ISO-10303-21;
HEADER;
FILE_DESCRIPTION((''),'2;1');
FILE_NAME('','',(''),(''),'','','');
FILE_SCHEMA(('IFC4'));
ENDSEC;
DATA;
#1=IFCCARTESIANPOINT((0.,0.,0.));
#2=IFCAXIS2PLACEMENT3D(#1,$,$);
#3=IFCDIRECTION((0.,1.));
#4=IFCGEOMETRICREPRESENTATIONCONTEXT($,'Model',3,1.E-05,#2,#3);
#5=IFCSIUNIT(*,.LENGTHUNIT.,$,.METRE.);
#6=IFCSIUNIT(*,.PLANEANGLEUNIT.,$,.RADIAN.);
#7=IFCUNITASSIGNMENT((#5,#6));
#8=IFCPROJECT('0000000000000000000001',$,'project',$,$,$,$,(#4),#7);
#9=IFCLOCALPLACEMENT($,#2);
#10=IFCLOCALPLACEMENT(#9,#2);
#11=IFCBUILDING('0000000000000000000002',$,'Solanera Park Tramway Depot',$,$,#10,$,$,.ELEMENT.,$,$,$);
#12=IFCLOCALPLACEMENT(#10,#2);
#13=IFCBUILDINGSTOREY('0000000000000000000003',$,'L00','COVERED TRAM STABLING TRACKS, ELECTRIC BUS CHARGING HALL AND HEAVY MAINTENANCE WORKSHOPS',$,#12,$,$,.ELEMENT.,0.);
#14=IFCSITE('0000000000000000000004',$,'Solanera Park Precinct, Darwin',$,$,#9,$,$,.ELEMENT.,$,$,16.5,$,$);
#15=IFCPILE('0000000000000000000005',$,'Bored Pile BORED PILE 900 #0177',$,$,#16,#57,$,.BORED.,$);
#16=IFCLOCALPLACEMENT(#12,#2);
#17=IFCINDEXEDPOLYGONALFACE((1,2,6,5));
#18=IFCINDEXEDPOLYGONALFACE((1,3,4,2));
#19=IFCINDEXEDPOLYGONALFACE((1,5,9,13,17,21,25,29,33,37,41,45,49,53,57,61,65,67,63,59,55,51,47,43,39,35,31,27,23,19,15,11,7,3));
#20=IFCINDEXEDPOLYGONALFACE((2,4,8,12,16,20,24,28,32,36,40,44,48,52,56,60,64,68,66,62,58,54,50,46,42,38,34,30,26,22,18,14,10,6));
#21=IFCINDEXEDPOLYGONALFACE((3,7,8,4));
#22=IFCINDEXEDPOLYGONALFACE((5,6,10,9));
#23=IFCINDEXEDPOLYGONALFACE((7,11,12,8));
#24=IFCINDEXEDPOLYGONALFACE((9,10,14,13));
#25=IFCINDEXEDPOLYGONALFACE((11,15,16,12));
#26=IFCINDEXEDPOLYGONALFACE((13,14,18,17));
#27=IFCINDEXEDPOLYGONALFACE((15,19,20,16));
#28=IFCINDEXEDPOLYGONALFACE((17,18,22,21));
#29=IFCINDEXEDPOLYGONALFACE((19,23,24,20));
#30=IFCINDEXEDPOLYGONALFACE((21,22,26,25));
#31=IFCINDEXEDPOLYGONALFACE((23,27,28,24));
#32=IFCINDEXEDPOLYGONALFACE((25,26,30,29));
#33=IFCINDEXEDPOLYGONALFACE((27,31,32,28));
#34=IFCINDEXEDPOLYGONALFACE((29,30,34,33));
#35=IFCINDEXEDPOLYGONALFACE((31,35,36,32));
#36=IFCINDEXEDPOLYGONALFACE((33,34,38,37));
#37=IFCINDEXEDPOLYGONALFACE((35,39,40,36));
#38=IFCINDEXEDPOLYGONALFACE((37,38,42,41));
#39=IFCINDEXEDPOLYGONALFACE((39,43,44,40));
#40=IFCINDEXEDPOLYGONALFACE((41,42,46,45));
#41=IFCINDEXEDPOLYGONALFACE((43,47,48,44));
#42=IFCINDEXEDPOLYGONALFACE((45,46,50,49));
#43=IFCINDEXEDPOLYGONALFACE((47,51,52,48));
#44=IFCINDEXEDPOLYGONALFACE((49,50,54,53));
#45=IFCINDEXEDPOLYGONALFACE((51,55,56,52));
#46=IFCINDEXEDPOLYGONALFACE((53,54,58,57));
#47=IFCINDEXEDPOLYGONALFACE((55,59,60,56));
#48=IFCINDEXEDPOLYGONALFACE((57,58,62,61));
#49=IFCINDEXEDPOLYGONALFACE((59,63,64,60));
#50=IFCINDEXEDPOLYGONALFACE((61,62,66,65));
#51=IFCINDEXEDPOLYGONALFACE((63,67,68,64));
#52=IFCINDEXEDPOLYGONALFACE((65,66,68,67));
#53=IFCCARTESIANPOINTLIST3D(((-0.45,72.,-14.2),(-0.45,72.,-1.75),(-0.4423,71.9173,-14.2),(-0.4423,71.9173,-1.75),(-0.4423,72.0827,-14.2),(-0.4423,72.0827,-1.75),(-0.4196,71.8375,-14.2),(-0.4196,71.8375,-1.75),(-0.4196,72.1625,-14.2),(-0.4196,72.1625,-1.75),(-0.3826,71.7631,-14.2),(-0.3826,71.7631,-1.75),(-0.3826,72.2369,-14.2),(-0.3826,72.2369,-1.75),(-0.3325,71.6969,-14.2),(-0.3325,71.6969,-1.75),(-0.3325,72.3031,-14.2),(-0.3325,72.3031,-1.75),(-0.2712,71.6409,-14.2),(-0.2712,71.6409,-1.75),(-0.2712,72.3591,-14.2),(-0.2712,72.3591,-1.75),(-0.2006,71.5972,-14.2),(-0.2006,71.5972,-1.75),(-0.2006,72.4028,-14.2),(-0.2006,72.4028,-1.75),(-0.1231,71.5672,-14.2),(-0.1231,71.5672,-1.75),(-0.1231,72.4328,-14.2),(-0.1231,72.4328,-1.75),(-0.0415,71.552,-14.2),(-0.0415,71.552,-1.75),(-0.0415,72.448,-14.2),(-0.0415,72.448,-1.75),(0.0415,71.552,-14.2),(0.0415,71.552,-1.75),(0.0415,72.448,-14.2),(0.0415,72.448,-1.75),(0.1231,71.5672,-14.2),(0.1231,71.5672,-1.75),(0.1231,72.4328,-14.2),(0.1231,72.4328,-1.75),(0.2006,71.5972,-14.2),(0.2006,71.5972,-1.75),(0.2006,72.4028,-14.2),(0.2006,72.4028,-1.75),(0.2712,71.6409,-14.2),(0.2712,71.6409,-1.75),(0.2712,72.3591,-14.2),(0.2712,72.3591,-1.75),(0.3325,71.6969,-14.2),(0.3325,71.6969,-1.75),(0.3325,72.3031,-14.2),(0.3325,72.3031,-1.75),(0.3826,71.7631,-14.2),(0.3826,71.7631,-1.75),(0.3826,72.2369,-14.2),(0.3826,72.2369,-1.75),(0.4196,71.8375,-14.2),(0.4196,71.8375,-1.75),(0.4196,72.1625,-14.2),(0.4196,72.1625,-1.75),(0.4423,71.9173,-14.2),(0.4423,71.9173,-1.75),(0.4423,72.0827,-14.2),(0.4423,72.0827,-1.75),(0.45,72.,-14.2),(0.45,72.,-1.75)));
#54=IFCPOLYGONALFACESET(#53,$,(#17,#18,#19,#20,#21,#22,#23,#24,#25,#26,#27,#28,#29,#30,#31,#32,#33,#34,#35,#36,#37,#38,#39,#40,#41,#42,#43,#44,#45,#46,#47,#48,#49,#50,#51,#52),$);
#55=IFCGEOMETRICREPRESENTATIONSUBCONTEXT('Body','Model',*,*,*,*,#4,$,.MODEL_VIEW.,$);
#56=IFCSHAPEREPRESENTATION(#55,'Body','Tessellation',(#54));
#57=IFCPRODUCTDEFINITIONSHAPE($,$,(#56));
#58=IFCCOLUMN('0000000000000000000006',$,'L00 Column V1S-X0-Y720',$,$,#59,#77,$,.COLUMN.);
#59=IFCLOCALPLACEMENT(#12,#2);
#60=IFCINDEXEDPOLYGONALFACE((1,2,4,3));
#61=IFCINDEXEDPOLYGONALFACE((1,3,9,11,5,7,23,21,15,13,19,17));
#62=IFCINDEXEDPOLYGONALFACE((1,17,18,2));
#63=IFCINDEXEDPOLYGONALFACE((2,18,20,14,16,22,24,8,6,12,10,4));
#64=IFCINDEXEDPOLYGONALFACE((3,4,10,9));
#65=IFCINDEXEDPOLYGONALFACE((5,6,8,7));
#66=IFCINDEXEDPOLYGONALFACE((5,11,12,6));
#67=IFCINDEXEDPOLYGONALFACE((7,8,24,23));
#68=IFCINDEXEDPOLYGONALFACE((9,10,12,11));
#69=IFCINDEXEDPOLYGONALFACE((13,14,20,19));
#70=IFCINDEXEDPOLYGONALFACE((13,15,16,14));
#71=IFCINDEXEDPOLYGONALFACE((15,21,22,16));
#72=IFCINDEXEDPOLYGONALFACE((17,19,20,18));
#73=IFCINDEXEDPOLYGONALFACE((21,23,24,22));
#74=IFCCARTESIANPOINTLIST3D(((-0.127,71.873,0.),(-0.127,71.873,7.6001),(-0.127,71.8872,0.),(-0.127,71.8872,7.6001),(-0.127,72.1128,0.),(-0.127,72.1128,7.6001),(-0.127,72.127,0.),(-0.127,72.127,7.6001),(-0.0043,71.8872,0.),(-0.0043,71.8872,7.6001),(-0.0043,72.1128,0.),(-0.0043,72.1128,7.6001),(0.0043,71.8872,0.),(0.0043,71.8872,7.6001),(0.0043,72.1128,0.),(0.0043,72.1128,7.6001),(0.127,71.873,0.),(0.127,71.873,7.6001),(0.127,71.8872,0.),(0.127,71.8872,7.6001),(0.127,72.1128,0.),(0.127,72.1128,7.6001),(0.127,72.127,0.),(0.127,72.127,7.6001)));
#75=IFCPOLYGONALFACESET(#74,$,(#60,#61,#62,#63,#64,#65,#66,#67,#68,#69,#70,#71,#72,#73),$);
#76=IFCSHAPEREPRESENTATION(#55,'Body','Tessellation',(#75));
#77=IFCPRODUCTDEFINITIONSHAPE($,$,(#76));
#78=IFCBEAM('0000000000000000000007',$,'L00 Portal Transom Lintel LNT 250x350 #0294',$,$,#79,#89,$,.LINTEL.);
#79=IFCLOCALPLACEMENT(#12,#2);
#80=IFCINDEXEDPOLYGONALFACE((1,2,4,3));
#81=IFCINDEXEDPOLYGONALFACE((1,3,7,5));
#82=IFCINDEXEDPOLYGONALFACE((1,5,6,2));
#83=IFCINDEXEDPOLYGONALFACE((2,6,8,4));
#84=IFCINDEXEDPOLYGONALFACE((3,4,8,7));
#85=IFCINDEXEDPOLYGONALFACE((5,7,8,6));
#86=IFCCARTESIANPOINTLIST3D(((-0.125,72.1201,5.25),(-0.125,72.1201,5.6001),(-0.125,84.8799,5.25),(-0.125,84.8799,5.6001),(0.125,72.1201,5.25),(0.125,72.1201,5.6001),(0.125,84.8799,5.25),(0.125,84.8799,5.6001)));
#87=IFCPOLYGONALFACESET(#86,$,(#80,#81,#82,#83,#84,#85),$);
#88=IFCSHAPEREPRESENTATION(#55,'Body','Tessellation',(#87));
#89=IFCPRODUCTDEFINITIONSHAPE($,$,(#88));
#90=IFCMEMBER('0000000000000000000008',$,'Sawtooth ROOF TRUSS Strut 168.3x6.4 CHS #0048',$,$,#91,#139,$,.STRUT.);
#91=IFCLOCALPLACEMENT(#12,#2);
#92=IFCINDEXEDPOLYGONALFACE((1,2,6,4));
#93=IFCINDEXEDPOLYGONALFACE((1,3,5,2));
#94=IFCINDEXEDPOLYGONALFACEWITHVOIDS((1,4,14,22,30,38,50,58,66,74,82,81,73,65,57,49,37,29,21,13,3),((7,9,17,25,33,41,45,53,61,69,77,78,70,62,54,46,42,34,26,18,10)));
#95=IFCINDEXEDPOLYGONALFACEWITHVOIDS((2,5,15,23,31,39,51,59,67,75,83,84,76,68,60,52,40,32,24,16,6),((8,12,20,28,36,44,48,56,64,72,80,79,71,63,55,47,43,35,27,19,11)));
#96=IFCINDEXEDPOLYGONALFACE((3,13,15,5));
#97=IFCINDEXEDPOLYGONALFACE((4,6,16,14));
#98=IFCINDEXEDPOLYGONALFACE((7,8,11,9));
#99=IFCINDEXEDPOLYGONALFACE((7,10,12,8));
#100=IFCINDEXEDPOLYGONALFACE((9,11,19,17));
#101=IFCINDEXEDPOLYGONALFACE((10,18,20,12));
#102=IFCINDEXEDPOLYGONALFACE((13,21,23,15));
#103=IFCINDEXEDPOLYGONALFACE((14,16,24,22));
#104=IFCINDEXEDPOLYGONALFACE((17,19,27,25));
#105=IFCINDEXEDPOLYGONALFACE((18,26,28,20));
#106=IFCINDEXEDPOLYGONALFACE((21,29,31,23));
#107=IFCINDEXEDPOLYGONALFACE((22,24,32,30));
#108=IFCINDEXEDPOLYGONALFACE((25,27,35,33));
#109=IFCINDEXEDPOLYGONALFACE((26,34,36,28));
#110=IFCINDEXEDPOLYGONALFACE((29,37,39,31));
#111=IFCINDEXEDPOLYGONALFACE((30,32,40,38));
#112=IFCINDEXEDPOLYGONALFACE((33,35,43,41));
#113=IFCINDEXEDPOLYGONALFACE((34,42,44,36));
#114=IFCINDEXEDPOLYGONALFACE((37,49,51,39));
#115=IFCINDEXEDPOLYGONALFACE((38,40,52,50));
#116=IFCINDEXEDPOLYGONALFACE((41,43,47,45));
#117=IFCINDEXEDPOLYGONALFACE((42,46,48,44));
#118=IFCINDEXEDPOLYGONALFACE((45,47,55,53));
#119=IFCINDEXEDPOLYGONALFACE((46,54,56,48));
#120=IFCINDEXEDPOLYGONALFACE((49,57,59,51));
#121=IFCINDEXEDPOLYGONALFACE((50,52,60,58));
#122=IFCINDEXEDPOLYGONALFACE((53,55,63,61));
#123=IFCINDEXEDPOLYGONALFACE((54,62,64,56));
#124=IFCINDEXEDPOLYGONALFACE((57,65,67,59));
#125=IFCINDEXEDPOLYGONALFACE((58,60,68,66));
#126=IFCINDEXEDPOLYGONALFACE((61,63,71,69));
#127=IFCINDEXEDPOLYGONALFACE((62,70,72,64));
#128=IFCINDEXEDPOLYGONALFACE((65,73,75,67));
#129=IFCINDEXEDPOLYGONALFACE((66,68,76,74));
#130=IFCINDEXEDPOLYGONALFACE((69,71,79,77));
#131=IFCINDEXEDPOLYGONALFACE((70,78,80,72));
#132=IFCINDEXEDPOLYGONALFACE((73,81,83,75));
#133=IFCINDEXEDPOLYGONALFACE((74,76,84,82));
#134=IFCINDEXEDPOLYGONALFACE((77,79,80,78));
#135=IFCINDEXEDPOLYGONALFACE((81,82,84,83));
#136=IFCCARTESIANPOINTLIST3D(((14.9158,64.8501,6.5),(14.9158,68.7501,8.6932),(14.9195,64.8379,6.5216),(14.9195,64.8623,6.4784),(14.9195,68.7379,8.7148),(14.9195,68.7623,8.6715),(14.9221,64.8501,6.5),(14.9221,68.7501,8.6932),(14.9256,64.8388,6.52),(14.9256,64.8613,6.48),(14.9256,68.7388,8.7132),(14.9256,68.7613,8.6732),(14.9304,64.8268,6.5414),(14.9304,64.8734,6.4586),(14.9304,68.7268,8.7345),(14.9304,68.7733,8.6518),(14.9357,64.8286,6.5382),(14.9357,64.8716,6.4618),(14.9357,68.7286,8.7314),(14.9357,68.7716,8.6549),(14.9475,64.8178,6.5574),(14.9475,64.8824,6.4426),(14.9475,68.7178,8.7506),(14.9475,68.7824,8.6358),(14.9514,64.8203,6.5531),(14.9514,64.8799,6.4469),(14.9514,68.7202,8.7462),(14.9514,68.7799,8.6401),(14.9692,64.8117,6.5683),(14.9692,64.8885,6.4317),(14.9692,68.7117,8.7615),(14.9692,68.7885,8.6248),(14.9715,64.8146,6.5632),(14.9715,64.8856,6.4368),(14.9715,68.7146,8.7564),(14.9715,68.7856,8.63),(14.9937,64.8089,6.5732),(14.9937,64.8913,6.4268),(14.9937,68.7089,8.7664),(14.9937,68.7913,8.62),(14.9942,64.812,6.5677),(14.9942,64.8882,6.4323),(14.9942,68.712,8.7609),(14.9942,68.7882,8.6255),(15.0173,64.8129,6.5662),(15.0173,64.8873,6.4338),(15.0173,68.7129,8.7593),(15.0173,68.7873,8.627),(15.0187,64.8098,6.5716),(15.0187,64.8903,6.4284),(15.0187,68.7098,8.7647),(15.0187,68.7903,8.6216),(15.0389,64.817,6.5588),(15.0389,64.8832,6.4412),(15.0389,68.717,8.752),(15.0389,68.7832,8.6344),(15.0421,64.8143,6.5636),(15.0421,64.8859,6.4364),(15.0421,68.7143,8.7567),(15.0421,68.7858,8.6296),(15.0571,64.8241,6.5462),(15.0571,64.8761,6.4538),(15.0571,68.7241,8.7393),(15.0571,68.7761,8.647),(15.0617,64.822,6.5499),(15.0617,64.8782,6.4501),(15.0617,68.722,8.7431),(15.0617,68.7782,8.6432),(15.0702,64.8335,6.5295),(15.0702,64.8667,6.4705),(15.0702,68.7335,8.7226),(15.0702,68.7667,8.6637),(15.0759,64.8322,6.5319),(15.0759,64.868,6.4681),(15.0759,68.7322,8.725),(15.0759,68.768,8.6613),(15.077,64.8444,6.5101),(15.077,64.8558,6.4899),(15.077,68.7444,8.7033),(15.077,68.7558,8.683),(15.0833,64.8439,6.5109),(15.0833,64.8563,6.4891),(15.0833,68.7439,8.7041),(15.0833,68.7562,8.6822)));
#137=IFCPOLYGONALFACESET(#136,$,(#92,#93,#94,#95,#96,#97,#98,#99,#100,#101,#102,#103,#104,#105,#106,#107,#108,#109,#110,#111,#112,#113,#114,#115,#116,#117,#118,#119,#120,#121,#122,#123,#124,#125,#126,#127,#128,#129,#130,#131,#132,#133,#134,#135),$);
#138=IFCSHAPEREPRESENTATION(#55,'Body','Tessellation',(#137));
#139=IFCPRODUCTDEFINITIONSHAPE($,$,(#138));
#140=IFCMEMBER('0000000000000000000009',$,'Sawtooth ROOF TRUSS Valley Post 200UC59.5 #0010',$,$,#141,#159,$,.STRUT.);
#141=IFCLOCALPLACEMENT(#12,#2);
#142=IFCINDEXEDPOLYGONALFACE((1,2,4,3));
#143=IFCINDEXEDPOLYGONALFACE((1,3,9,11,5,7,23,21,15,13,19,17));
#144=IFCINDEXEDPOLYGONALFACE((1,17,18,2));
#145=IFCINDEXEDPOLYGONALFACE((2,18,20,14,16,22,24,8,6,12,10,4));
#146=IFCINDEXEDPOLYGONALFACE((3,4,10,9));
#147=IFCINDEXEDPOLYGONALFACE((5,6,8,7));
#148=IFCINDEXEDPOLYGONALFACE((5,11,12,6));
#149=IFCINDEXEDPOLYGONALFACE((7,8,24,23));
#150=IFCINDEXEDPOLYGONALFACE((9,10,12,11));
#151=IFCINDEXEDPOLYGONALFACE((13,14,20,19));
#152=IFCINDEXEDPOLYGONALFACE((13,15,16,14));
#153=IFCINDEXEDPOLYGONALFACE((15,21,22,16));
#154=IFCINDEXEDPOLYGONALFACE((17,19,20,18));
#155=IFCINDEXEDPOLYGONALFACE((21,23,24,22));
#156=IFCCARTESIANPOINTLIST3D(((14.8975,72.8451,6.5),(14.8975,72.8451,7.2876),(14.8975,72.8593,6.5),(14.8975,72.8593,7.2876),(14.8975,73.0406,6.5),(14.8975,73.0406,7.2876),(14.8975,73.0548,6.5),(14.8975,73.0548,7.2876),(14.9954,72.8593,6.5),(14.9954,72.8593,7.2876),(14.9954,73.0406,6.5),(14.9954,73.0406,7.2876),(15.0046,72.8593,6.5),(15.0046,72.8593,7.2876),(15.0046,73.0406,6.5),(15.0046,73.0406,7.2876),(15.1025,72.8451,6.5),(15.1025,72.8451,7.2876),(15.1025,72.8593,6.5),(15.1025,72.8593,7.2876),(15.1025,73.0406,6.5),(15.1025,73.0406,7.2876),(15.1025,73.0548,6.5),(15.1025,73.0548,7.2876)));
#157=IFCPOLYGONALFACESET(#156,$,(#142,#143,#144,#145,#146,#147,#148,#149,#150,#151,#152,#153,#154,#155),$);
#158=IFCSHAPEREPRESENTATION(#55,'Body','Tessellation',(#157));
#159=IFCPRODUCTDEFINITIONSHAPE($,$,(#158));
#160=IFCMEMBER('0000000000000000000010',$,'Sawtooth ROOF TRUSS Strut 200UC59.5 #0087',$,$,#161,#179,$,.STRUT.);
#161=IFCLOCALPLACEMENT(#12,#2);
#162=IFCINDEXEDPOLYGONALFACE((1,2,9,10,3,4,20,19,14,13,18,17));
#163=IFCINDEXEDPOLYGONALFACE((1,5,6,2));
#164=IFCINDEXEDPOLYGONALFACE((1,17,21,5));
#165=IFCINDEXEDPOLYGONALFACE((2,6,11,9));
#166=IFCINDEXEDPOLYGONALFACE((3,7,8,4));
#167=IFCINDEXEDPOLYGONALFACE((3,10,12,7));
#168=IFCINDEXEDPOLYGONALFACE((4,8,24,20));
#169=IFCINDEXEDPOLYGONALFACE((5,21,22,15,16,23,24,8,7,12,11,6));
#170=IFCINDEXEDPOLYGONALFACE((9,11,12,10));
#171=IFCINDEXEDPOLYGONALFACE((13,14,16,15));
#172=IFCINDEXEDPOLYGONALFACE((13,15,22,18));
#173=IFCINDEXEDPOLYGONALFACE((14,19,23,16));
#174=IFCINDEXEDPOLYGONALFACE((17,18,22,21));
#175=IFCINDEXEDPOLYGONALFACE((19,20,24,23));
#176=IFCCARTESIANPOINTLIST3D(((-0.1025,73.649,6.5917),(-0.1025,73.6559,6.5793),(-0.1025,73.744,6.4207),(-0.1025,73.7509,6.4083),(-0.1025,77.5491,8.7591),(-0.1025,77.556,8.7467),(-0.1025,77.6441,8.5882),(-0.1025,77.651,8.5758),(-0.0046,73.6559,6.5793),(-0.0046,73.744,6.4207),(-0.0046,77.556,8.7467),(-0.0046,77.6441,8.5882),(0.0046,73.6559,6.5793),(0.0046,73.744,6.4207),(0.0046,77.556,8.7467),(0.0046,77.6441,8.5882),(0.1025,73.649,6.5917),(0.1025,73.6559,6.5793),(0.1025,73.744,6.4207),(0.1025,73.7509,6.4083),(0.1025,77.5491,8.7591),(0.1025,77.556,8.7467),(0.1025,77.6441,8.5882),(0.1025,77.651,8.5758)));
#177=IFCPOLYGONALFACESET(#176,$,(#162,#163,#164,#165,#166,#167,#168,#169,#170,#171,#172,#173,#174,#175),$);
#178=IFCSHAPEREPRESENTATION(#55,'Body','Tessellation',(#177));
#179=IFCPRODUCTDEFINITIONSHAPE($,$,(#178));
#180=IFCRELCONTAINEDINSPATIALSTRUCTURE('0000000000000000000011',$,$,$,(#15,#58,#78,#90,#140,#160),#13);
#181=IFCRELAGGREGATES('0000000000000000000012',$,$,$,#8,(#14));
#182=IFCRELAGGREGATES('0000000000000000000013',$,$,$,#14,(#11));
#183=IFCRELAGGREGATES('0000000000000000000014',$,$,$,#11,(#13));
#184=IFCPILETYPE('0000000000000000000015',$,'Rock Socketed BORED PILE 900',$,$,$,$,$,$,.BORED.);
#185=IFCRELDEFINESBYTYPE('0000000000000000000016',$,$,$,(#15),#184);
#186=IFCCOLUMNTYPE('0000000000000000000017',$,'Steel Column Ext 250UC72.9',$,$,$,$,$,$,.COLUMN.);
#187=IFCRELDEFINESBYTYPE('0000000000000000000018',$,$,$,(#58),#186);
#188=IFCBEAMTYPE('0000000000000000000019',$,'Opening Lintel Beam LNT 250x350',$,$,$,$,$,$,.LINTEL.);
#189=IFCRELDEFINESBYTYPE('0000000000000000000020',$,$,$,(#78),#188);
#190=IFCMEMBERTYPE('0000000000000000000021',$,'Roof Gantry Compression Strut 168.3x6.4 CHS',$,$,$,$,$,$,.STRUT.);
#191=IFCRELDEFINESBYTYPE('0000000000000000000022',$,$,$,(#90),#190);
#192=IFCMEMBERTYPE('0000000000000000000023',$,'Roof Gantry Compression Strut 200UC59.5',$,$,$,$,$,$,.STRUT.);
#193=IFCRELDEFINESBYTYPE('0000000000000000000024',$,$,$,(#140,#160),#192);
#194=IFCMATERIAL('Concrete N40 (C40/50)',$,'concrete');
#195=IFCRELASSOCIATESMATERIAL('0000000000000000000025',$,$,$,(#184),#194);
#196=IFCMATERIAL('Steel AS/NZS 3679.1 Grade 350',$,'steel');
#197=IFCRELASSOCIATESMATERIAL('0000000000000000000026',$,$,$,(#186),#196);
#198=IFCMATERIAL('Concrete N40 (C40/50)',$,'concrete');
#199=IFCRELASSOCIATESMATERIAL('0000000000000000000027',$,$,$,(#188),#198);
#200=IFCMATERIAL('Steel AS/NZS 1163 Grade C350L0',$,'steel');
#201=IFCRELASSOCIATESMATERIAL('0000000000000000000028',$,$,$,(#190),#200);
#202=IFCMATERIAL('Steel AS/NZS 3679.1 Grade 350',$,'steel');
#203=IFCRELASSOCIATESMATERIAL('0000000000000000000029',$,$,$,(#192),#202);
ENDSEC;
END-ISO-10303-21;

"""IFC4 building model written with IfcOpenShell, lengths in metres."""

from ifc_helpers import new_model, si_unit, direction, frame, origin, origin_2d, place, context, subcontext, project, spatial, rectangle, circle, hollow_circle, i_section, extrude, material, material_profile, profile_set, type_object, element, save


model = new_model("IFC4")

# Units and contexts
model_context = context("Model", 3, precision=1e-05, world=origin(), true_north=direction((0.0, 1.0)))
body_context = subcontext(model_context, "Body", "Model", "MODEL_VIEW")
ifc_project = project(units=[si_unit("LENGTHUNIT", "METRE"), si_unit("PLANEANGLEUNIT", "RADIAN")], contexts=[model_context])

# Site, building, storey
site_placement = place(None, origin())
site = spatial("IfcSite", under=ifc_project, at=site_placement, Name="Solanera Park Precinct, Darwin", CompositionType="ELEMENT", RefElevation=16.5)
building_placement = place(site_placement, origin())
building = spatial("IfcBuilding", under=site, at=building_placement, Name="Solanera Park Tramway Depot", CompositionType="ELEMENT")
storey_placement = place(building_placement, origin())
storey = spatial("IfcBuildingStorey", under=building, at=storey_placement, Name="L00", Description="COVERED TRAM STABLING TRACKS, ELECTRIC BUS CHARGING HALL AND HEAVY MAINTENANCE WORKSHOPS", CompositionType="ELEMENT", Elevation=0.0)

# Pile
ifc_material_1 = material(Name="Concrete N40 (C40/50)", Category="concrete")
ifc_material_profile_1 = material_profile(ifc_material_1, circle(Radius=0.45, at=origin_2d()), Name="BORED PILE 900")
ifc_profile_set_1 = profile_set([ifc_material_profile_1], Name="Concrete N40 (C40/50)")
pile_type = type_object("IfcPileType", Name="Rock Socketed BORED PILE 900", PredefinedType="BORED", material=ifc_profile_set_1)
pile_placement = place(storey_placement, frame((0.0, 72.0, -1.75), z_axis=(0.0, 0.0, -1.0), x_axis=(1.0, 0.0, 0.0)))
element("IfcPile", 1, at=pile_placement, inside=storey, type_object=pile_type, Name="Bored Pile BORED PILE 900 #0177", PredefinedType="BORED", context=body_context, shape_type="SweptSolid", body=[
    extrude(circle(Radius=0.45, at=origin_2d()), origin(), (0.0, 0.0, 1.0), 12.45),
])

# Column
ifc_material_2 = material(Name="Steel AS/NZS 3679.1 Grade 350", Category="steel")
ifc_material_profile_2 = material_profile(ifc_material_2, i_section(OverallWidth=0.2539, OverallDepth=0.2539, WebThickness=0.0085, FlangeThickness=0.0142, at=origin_2d()), Name="250UC72.9")
ifc_profile_set_2 = profile_set([ifc_material_profile_2], Name="Steel AS/NZS 3679.1 Grade 350")
column_type = type_object("IfcColumnType", Name="Steel Column Ext 250UC72.9", PredefinedType="COLUMN", material=ifc_profile_set_2)
column_placement = place(storey_placement, frame((0.0, 72.0, 0.0), z_axis=(0.0, 0.0, 1.0), x_axis=(1.0, 0.0, 0.0)))
element("IfcColumn", 2, at=column_placement, inside=storey, type_object=column_type, Name="L00 Column V1S-X0-Y720", PredefinedType="COLUMN", context=body_context, shape_type="SweptSolid", body=[
    extrude(i_section(OverallWidth=0.2539, OverallDepth=0.2539, WebThickness=0.0085, FlangeThickness=0.0142, at=origin_2d()), origin(), (0.0, 0.0, 1.0), 7.6001),
])

# Beam
ifc_material_3 = material(Name="Concrete N40 (C40/50)", Category="concrete")
ifc_material_profile_3 = material_profile(ifc_material_3, rectangle(XDim=0.25, YDim=0.3501, at=origin_2d()), Name="LNT 250x350")
ifc_profile_set_3 = profile_set([ifc_material_profile_3], Name="Concrete N40 (C40/50)")
beam_type_1 = type_object("IfcBeamType", Name="Opening Lintel Beam LNT 250x350", PredefinedType="LINTEL", material=ifc_profile_set_3)
beam_1_placement = place(storey_placement, frame((0.0, 72.1201, 5.425), z_axis=(0.0, 1.0, 0.0), x_axis=(-1.0, 0.0, 0.0)))
element("IfcBeam", 3, at=beam_1_placement, inside=storey, type_object=beam_type_1, Name="L00 Portal Transom Lintel LNT 250x350 #0294", PredefinedType="LINTEL", context=body_context, shape_type="SweptSolid", body=[
    extrude(rectangle(XDim=0.25, YDim=0.3501, at=origin_2d()), origin(), (0.0, 0.0, 1.0), 12.7598),
])

# Members
ifc_material_4 = material(Name="Steel AS/NZS 1163 Grade C350L0", Category="steel")
ifc_material_profile_4 = material_profile(ifc_material_4, hollow_circle(Radius=0.0842, WallThickness=0.0063, at=origin_2d()), Name="168.3x6.4 CHS")
ifc_profile_set_4 = profile_set([ifc_material_profile_4], Name="Steel AS/NZS 1163 Grade C350L0")
member_type_1 = type_object("IfcMemberType", Name="Roof Gantry Compression Strut 168.3x6.4 CHS", PredefinedType="STRUT", material=ifc_profile_set_4)
member_1_placement = place(storey_placement, frame((15.0, 64.8501, 6.5), z_axis=(0.0, 0.871631, 0.490163), x_axis=(-1.0, 0.0, 0.0)))
element("IfcMember", 4, at=member_1_placement, inside=storey, type_object=member_type_1, Name="Sawtooth ROOF TRUSS Strut 168.3x6.4 CHS #0048", PredefinedType="STRUT", context=body_context, shape_type="SweptSolid", body=[
    extrude(hollow_circle(Radius=0.0842, WallThickness=0.0063, at=origin_2d()), origin(), (0.0, 0.0, 1.0), 4.4744),
])
ifc_material_5 = material(Name="Steel AS/NZS 3679.1 Grade 350", Category="steel")
ifc_material_profile_5 = material_profile(ifc_material_5, i_section(OverallWidth=0.2051, OverallDepth=0.2097, WebThickness=0.0093, FlangeThickness=0.0142, at=origin_2d()), Name="200UC59.5")
ifc_profile_set_5 = profile_set([ifc_material_profile_5], Name="Steel AS/NZS 3679.1 Grade 350")
member_type_2 = type_object("IfcMemberType", Name="Roof Gantry Compression Strut 200UC59.5", PredefinedType="STRUT", material=ifc_profile_set_5)
member_2_placement = place(storey_placement, frame((15.0, 72.95, 6.5), z_axis=(0.0, 0.0, 1.0), x_axis=(1.0, 0.0, 0.0)))
element("IfcMember", 5, at=member_2_placement, inside=storey, type_object=member_type_2, Name="Sawtooth ROOF TRUSS Valley Post 200UC59.5 #0010", PredefinedType="STRUT", context=body_context, shape_type="SweptSolid", body=[
    extrude(i_section(OverallWidth=0.2051, OverallDepth=0.2097, WebThickness=0.0093, FlangeThickness=0.0142, at=origin_2d()), origin(), (0.0, 0.0, 1.0), 0.7876),
])
member_3_placement = place(storey_placement, frame((0.0, 73.7, 6.5), z_axis=(0.0, 0.874088, 0.485768), x_axis=(-1.0, 0.0, 0.0)))
element("IfcMember", 6, at=member_3_placement, inside=storey, type_object=member_type_2, Name="Sawtooth ROOF TRUSS Strut 200UC59.5 #0087", PredefinedType="STRUT", context=body_context, shape_type="SweptSolid", body=[
    extrude(i_section(OverallWidth=0.2051, OverallDepth=0.2097, WebThickness=0.0093, FlangeThickness=0.0142, at=origin_2d()), origin(), (0.0, 0.0, 1.0), 4.4619),
])

save(model, "model.ifc")
